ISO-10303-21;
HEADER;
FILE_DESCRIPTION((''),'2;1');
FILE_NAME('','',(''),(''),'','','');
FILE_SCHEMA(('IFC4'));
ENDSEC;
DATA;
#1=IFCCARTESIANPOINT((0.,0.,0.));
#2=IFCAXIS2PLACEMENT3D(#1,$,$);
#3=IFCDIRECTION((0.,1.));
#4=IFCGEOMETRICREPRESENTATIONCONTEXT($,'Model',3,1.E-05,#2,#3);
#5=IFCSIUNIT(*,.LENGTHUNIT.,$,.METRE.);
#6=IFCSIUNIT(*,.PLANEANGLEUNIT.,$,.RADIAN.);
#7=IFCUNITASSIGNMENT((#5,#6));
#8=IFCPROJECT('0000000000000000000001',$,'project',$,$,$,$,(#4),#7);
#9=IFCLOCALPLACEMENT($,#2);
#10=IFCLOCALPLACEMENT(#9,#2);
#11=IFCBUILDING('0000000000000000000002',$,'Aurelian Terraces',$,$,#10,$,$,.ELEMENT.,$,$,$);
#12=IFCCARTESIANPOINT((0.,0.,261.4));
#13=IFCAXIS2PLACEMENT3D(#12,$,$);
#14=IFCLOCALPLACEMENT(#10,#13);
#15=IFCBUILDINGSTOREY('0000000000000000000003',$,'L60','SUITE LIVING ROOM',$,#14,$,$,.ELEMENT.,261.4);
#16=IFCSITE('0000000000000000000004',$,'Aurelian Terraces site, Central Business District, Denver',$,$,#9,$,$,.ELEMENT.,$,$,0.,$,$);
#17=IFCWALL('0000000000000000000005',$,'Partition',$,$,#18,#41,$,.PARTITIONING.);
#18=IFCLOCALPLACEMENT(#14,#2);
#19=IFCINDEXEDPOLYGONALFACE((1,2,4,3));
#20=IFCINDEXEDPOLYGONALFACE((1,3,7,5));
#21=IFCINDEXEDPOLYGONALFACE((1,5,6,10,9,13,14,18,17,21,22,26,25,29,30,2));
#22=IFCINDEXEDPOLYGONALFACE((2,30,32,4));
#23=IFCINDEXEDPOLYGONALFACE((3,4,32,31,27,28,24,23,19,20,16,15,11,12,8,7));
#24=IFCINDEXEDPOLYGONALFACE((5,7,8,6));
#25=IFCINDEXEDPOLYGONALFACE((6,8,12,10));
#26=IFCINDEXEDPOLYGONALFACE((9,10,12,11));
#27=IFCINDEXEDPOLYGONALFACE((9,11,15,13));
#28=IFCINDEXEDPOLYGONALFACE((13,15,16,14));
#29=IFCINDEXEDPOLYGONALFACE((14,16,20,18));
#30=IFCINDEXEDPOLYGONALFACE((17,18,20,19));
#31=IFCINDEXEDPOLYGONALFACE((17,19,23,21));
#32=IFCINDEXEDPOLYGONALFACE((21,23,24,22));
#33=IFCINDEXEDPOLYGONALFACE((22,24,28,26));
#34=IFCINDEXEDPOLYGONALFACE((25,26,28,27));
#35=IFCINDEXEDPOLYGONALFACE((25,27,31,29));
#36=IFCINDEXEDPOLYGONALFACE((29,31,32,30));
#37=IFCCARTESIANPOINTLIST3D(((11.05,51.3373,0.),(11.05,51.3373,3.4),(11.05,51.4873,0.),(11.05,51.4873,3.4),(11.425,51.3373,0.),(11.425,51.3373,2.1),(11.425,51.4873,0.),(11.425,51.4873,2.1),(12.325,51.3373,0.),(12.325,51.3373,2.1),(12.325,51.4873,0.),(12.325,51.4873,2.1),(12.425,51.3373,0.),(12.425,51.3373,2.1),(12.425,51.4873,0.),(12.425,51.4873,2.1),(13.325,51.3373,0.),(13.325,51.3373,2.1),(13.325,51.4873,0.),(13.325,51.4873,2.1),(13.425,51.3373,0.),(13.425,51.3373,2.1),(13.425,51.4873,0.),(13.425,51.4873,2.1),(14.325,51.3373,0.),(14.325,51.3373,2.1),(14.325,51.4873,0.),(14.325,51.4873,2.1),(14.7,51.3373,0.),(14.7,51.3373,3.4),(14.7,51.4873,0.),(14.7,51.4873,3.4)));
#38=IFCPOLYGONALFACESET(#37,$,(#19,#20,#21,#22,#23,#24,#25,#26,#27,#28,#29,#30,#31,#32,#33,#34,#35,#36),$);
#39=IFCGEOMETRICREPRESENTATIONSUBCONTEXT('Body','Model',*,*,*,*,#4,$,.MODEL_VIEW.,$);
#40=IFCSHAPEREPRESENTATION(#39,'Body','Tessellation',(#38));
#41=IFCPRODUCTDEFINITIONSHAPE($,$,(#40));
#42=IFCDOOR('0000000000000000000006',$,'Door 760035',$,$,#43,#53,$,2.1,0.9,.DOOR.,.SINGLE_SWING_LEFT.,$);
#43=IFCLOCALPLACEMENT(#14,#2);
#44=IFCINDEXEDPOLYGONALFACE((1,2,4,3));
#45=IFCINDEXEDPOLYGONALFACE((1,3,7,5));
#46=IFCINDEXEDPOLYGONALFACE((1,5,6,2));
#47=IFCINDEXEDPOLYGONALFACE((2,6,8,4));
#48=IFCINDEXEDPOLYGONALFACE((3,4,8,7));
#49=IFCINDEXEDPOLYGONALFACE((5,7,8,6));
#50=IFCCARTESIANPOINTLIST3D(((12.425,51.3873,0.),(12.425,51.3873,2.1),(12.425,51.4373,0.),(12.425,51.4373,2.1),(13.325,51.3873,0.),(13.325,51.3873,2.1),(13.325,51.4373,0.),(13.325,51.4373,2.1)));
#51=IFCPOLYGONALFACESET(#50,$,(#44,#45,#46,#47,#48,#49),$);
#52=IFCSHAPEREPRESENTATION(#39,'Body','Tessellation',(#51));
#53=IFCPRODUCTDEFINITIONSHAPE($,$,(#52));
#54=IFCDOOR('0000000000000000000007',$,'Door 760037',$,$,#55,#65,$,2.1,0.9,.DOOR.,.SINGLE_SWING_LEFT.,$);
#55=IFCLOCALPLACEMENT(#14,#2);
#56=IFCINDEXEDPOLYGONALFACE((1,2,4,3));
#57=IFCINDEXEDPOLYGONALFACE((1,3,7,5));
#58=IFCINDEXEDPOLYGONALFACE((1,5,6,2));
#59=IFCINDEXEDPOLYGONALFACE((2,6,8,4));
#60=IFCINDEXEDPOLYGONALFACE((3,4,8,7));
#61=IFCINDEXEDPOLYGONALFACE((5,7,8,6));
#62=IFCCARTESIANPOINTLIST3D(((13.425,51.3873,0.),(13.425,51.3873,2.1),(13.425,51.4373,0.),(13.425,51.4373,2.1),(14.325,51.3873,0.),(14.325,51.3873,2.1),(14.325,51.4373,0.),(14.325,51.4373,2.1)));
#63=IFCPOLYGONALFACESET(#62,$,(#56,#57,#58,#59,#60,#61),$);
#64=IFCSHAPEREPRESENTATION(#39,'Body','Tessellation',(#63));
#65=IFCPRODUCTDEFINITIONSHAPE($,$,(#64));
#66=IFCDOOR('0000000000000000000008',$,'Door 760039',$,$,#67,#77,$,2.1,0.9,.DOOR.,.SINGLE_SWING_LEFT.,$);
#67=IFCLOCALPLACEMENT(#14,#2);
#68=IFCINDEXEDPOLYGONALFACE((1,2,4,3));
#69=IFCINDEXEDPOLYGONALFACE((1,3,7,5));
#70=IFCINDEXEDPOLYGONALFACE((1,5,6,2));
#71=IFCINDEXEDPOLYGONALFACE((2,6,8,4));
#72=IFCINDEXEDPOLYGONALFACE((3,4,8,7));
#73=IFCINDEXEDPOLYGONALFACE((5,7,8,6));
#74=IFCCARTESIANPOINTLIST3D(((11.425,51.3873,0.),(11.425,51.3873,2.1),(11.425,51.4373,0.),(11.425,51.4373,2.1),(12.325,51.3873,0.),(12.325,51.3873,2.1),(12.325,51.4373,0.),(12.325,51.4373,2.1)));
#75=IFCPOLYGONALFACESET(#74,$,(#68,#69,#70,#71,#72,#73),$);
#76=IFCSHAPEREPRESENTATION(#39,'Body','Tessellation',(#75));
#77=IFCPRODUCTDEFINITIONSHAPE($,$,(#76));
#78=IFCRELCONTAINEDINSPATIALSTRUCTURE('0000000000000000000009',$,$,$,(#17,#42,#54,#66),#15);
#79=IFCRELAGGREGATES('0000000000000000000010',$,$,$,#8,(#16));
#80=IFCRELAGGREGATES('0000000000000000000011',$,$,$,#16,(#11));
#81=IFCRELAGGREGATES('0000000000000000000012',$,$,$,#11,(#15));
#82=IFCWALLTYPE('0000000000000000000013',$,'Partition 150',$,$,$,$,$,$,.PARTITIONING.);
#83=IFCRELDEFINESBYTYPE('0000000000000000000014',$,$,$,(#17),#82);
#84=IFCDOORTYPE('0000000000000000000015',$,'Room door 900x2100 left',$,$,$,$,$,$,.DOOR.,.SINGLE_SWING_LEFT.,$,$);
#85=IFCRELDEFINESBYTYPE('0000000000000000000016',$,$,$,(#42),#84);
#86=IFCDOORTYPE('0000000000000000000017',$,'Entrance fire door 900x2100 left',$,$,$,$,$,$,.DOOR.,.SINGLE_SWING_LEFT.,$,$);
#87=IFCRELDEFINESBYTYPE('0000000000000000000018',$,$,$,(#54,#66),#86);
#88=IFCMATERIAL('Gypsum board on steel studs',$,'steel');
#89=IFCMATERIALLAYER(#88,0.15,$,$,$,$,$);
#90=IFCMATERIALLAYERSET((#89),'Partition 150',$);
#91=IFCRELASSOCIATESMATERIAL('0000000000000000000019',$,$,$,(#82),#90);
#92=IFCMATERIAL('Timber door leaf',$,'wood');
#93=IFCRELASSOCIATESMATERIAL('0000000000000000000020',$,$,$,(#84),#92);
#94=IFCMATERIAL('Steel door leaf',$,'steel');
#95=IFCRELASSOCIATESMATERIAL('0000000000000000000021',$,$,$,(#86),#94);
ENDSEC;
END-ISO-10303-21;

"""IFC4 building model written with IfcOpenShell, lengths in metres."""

from ifc_helpers import new_model, si_unit, direction, frame, frame_2d, origin, place, context, subcontext, project, spatial, rectangle, extrude, source, transform, mapped, material, layer, layer_set, type_object, element, fill, save


model = new_model("IFC4")

# Units and contexts
model_context = context("Model", 3, precision=1e-05, world=origin(), true_north=direction((0.0, 1.0)))
body_context = subcontext(model_context, "Body", "Model", "MODEL_VIEW")
ifc_project = project(units=[si_unit("LENGTHUNIT", "METRE"), si_unit("PLANEANGLEUNIT", "RADIAN")], contexts=[model_context])

# Site, building, storey
site_placement = place(None, origin())
site = spatial("IfcSite", under=ifc_project, at=site_placement, Name="Aurelian Terraces site, Central Business District, Denver", CompositionType="ELEMENT", RefElevation=0.0)
building_placement = place(site_placement, origin())
building = spatial("IfcBuilding", under=site, at=building_placement, Name="Aurelian Terraces", CompositionType="ELEMENT")
storey_placement = place(building_placement, frame((0.0, 0.0, 261.4)))
storey = spatial("IfcBuildingStorey", under=building, at=storey_placement, Name="L60", Description="SUITE LIVING ROOM", CompositionType="ELEMENT", Elevation=261.4)

# Shared definitions
ifc_material_1 = material(Name="Gypsum board on steel studs", Category="steel")
ifc_material_2 = material(Name="Steel door leaf", Category="steel")

# Shared definitions
ifc_layer_1 = layer(ifc_material_1, 0.15)
ifc_layer_set_1 = layer_set([ifc_layer_1], Name="Partition 150")
wall_type_1 = type_object("IfcWallType", Name="Partition 150", PredefinedType="PARTITIONING", material=ifc_layer_set_1)
shared_shape_1 = source(origin(), body_context, "Body", "SweptSolid", [
    extrude(rectangle(XDim=0.9, YDim=2.1, at=frame_2d((0.45, 1.05))), frame((0.0, 0.085, 0.0), z_axis=(0.0, -1.0, 0.0), x_axis=(1.0, 0.0, 0.0)), (0.0, 0.0, 1.0), 0.17),
])
ifc_material_3 = material(Name="Timber door leaf", Category="wood")
door_type_1 = type_object("IfcDoorType", Name="Room door 900x2100 left", OperationType="SINGLE_SWING_LEFT", PredefinedType="DOOR", material=ifc_material_3)
shared_shape_2 = source(origin(), body_context, "Body", "SweptSolid", [
    extrude(rectangle(XDim=0.9, YDim=2.1, at=frame_2d((0.45, 1.05))), frame((0.0, 0.025, 0.0), z_axis=(0.0, -1.0, 0.0), x_axis=(1.0, 0.0, 0.0)), (0.0, 0.0, 1.0), 0.05),
])

# Wall, openings, doors
shared_shape_3 = source(origin(), body_context, "Body", "SweptSolid", [
    extrude(rectangle(XDim=3.65, YDim=0.15, at=frame_2d((1.825, 0.0))), origin(), (0.0, 0.0, 1.0), 3.4),
])
wall_1_placement = place(storey_placement, frame((14.7, 51.4123, 0.0), z_axis=(0.0, 0.0, 1.0), x_axis=(-1.0, 0.0, 0.0)))
wall_1 = element("IfcWall", 1, at=wall_1_placement, inside=storey, type_object=wall_type_1, Name="Partition", PredefinedType="PARTITIONING", context=body_context, shape_type="MappedRepresentation", body=[
    mapped(shared_shape_3, transform((0.0, 0.0, 0.0), scale=1.0)),
])
opening_1_placement = place(wall_1_placement, frame((1.375, 0.0, 0.0)))
opening_1 = element("IfcOpeningElement", 2, at=opening_1_placement, cuts=wall_1, PredefinedType="OPENING", context=body_context, shape_type="MappedRepresentation", body=[
    mapped(shared_shape_1, transform((0.0, 0.0, 0.0), scale=1.0)),
])
opening_2_placement = place(wall_1_placement, frame((0.375, 0.0, 0.0)))
opening_2 = element("IfcOpeningElement", 3, at=opening_2_placement, cuts=wall_1, PredefinedType="OPENING", context=body_context, shape_type="MappedRepresentation", body=[
    mapped(shared_shape_1, transform((0.0, 0.0, 0.0), scale=1.0)),
])
opening_3_placement = place(wall_1_placement, frame((2.375, 0.0, 0.0)))
opening_3 = element("IfcOpeningElement", 4, at=opening_3_placement, cuts=wall_1, PredefinedType="OPENING", context=body_context, shape_type="MappedRepresentation", body=[
    mapped(shared_shape_1, transform((0.0, 0.0, 0.0), scale=1.0)),
])
door_1_placement = place(opening_1_placement, origin())
door_1 = element("IfcDoor", 5, at=door_1_placement, inside=storey, type_object=door_type_1, Name="Door 760035", OperationType="SINGLE_SWING_LEFT", OverallHeight=2.1, OverallWidth=0.9, PredefinedType="DOOR", context=body_context, shape_type="MappedRepresentation", body=[
    mapped(shared_shape_2, transform((0.0, 0.0, 0.0), scale=1.0)),
])
fill(opening_1, door_1)
door_type_2 = type_object("IfcDoorType", Name="Entrance fire door 900x2100 left", OperationType="SINGLE_SWING_LEFT", PredefinedType="DOOR", material=ifc_material_2)
door_2_placement = place(opening_2_placement, origin())
door_2 = element("IfcDoor", 6, at=door_2_placement, inside=storey, type_object=door_type_2, Name="Door 760037", OperationType="SINGLE_SWING_LEFT", OverallHeight=2.1, OverallWidth=0.9, PredefinedType="DOOR", context=body_context, shape_type="MappedRepresentation", body=[
    mapped(shared_shape_2, transform((0.0, 0.0, 0.0), scale=1.0)),
])
fill(opening_2, door_2)
door_3_placement = place(opening_3_placement, origin())
door_3 = element("IfcDoor", 7, at=door_3_placement, inside=storey, type_object=door_type_2, Name="Door 760039", OperationType="SINGLE_SWING_LEFT", OverallHeight=2.1, OverallWidth=0.9, PredefinedType="DOOR", context=body_context, shape_type="MappedRepresentation", body=[
    mapped(shared_shape_2, transform((0.0, 0.0, 0.0), scale=1.0)),
])
fill(opening_3, door_3)

save(model, "model.ifc")
